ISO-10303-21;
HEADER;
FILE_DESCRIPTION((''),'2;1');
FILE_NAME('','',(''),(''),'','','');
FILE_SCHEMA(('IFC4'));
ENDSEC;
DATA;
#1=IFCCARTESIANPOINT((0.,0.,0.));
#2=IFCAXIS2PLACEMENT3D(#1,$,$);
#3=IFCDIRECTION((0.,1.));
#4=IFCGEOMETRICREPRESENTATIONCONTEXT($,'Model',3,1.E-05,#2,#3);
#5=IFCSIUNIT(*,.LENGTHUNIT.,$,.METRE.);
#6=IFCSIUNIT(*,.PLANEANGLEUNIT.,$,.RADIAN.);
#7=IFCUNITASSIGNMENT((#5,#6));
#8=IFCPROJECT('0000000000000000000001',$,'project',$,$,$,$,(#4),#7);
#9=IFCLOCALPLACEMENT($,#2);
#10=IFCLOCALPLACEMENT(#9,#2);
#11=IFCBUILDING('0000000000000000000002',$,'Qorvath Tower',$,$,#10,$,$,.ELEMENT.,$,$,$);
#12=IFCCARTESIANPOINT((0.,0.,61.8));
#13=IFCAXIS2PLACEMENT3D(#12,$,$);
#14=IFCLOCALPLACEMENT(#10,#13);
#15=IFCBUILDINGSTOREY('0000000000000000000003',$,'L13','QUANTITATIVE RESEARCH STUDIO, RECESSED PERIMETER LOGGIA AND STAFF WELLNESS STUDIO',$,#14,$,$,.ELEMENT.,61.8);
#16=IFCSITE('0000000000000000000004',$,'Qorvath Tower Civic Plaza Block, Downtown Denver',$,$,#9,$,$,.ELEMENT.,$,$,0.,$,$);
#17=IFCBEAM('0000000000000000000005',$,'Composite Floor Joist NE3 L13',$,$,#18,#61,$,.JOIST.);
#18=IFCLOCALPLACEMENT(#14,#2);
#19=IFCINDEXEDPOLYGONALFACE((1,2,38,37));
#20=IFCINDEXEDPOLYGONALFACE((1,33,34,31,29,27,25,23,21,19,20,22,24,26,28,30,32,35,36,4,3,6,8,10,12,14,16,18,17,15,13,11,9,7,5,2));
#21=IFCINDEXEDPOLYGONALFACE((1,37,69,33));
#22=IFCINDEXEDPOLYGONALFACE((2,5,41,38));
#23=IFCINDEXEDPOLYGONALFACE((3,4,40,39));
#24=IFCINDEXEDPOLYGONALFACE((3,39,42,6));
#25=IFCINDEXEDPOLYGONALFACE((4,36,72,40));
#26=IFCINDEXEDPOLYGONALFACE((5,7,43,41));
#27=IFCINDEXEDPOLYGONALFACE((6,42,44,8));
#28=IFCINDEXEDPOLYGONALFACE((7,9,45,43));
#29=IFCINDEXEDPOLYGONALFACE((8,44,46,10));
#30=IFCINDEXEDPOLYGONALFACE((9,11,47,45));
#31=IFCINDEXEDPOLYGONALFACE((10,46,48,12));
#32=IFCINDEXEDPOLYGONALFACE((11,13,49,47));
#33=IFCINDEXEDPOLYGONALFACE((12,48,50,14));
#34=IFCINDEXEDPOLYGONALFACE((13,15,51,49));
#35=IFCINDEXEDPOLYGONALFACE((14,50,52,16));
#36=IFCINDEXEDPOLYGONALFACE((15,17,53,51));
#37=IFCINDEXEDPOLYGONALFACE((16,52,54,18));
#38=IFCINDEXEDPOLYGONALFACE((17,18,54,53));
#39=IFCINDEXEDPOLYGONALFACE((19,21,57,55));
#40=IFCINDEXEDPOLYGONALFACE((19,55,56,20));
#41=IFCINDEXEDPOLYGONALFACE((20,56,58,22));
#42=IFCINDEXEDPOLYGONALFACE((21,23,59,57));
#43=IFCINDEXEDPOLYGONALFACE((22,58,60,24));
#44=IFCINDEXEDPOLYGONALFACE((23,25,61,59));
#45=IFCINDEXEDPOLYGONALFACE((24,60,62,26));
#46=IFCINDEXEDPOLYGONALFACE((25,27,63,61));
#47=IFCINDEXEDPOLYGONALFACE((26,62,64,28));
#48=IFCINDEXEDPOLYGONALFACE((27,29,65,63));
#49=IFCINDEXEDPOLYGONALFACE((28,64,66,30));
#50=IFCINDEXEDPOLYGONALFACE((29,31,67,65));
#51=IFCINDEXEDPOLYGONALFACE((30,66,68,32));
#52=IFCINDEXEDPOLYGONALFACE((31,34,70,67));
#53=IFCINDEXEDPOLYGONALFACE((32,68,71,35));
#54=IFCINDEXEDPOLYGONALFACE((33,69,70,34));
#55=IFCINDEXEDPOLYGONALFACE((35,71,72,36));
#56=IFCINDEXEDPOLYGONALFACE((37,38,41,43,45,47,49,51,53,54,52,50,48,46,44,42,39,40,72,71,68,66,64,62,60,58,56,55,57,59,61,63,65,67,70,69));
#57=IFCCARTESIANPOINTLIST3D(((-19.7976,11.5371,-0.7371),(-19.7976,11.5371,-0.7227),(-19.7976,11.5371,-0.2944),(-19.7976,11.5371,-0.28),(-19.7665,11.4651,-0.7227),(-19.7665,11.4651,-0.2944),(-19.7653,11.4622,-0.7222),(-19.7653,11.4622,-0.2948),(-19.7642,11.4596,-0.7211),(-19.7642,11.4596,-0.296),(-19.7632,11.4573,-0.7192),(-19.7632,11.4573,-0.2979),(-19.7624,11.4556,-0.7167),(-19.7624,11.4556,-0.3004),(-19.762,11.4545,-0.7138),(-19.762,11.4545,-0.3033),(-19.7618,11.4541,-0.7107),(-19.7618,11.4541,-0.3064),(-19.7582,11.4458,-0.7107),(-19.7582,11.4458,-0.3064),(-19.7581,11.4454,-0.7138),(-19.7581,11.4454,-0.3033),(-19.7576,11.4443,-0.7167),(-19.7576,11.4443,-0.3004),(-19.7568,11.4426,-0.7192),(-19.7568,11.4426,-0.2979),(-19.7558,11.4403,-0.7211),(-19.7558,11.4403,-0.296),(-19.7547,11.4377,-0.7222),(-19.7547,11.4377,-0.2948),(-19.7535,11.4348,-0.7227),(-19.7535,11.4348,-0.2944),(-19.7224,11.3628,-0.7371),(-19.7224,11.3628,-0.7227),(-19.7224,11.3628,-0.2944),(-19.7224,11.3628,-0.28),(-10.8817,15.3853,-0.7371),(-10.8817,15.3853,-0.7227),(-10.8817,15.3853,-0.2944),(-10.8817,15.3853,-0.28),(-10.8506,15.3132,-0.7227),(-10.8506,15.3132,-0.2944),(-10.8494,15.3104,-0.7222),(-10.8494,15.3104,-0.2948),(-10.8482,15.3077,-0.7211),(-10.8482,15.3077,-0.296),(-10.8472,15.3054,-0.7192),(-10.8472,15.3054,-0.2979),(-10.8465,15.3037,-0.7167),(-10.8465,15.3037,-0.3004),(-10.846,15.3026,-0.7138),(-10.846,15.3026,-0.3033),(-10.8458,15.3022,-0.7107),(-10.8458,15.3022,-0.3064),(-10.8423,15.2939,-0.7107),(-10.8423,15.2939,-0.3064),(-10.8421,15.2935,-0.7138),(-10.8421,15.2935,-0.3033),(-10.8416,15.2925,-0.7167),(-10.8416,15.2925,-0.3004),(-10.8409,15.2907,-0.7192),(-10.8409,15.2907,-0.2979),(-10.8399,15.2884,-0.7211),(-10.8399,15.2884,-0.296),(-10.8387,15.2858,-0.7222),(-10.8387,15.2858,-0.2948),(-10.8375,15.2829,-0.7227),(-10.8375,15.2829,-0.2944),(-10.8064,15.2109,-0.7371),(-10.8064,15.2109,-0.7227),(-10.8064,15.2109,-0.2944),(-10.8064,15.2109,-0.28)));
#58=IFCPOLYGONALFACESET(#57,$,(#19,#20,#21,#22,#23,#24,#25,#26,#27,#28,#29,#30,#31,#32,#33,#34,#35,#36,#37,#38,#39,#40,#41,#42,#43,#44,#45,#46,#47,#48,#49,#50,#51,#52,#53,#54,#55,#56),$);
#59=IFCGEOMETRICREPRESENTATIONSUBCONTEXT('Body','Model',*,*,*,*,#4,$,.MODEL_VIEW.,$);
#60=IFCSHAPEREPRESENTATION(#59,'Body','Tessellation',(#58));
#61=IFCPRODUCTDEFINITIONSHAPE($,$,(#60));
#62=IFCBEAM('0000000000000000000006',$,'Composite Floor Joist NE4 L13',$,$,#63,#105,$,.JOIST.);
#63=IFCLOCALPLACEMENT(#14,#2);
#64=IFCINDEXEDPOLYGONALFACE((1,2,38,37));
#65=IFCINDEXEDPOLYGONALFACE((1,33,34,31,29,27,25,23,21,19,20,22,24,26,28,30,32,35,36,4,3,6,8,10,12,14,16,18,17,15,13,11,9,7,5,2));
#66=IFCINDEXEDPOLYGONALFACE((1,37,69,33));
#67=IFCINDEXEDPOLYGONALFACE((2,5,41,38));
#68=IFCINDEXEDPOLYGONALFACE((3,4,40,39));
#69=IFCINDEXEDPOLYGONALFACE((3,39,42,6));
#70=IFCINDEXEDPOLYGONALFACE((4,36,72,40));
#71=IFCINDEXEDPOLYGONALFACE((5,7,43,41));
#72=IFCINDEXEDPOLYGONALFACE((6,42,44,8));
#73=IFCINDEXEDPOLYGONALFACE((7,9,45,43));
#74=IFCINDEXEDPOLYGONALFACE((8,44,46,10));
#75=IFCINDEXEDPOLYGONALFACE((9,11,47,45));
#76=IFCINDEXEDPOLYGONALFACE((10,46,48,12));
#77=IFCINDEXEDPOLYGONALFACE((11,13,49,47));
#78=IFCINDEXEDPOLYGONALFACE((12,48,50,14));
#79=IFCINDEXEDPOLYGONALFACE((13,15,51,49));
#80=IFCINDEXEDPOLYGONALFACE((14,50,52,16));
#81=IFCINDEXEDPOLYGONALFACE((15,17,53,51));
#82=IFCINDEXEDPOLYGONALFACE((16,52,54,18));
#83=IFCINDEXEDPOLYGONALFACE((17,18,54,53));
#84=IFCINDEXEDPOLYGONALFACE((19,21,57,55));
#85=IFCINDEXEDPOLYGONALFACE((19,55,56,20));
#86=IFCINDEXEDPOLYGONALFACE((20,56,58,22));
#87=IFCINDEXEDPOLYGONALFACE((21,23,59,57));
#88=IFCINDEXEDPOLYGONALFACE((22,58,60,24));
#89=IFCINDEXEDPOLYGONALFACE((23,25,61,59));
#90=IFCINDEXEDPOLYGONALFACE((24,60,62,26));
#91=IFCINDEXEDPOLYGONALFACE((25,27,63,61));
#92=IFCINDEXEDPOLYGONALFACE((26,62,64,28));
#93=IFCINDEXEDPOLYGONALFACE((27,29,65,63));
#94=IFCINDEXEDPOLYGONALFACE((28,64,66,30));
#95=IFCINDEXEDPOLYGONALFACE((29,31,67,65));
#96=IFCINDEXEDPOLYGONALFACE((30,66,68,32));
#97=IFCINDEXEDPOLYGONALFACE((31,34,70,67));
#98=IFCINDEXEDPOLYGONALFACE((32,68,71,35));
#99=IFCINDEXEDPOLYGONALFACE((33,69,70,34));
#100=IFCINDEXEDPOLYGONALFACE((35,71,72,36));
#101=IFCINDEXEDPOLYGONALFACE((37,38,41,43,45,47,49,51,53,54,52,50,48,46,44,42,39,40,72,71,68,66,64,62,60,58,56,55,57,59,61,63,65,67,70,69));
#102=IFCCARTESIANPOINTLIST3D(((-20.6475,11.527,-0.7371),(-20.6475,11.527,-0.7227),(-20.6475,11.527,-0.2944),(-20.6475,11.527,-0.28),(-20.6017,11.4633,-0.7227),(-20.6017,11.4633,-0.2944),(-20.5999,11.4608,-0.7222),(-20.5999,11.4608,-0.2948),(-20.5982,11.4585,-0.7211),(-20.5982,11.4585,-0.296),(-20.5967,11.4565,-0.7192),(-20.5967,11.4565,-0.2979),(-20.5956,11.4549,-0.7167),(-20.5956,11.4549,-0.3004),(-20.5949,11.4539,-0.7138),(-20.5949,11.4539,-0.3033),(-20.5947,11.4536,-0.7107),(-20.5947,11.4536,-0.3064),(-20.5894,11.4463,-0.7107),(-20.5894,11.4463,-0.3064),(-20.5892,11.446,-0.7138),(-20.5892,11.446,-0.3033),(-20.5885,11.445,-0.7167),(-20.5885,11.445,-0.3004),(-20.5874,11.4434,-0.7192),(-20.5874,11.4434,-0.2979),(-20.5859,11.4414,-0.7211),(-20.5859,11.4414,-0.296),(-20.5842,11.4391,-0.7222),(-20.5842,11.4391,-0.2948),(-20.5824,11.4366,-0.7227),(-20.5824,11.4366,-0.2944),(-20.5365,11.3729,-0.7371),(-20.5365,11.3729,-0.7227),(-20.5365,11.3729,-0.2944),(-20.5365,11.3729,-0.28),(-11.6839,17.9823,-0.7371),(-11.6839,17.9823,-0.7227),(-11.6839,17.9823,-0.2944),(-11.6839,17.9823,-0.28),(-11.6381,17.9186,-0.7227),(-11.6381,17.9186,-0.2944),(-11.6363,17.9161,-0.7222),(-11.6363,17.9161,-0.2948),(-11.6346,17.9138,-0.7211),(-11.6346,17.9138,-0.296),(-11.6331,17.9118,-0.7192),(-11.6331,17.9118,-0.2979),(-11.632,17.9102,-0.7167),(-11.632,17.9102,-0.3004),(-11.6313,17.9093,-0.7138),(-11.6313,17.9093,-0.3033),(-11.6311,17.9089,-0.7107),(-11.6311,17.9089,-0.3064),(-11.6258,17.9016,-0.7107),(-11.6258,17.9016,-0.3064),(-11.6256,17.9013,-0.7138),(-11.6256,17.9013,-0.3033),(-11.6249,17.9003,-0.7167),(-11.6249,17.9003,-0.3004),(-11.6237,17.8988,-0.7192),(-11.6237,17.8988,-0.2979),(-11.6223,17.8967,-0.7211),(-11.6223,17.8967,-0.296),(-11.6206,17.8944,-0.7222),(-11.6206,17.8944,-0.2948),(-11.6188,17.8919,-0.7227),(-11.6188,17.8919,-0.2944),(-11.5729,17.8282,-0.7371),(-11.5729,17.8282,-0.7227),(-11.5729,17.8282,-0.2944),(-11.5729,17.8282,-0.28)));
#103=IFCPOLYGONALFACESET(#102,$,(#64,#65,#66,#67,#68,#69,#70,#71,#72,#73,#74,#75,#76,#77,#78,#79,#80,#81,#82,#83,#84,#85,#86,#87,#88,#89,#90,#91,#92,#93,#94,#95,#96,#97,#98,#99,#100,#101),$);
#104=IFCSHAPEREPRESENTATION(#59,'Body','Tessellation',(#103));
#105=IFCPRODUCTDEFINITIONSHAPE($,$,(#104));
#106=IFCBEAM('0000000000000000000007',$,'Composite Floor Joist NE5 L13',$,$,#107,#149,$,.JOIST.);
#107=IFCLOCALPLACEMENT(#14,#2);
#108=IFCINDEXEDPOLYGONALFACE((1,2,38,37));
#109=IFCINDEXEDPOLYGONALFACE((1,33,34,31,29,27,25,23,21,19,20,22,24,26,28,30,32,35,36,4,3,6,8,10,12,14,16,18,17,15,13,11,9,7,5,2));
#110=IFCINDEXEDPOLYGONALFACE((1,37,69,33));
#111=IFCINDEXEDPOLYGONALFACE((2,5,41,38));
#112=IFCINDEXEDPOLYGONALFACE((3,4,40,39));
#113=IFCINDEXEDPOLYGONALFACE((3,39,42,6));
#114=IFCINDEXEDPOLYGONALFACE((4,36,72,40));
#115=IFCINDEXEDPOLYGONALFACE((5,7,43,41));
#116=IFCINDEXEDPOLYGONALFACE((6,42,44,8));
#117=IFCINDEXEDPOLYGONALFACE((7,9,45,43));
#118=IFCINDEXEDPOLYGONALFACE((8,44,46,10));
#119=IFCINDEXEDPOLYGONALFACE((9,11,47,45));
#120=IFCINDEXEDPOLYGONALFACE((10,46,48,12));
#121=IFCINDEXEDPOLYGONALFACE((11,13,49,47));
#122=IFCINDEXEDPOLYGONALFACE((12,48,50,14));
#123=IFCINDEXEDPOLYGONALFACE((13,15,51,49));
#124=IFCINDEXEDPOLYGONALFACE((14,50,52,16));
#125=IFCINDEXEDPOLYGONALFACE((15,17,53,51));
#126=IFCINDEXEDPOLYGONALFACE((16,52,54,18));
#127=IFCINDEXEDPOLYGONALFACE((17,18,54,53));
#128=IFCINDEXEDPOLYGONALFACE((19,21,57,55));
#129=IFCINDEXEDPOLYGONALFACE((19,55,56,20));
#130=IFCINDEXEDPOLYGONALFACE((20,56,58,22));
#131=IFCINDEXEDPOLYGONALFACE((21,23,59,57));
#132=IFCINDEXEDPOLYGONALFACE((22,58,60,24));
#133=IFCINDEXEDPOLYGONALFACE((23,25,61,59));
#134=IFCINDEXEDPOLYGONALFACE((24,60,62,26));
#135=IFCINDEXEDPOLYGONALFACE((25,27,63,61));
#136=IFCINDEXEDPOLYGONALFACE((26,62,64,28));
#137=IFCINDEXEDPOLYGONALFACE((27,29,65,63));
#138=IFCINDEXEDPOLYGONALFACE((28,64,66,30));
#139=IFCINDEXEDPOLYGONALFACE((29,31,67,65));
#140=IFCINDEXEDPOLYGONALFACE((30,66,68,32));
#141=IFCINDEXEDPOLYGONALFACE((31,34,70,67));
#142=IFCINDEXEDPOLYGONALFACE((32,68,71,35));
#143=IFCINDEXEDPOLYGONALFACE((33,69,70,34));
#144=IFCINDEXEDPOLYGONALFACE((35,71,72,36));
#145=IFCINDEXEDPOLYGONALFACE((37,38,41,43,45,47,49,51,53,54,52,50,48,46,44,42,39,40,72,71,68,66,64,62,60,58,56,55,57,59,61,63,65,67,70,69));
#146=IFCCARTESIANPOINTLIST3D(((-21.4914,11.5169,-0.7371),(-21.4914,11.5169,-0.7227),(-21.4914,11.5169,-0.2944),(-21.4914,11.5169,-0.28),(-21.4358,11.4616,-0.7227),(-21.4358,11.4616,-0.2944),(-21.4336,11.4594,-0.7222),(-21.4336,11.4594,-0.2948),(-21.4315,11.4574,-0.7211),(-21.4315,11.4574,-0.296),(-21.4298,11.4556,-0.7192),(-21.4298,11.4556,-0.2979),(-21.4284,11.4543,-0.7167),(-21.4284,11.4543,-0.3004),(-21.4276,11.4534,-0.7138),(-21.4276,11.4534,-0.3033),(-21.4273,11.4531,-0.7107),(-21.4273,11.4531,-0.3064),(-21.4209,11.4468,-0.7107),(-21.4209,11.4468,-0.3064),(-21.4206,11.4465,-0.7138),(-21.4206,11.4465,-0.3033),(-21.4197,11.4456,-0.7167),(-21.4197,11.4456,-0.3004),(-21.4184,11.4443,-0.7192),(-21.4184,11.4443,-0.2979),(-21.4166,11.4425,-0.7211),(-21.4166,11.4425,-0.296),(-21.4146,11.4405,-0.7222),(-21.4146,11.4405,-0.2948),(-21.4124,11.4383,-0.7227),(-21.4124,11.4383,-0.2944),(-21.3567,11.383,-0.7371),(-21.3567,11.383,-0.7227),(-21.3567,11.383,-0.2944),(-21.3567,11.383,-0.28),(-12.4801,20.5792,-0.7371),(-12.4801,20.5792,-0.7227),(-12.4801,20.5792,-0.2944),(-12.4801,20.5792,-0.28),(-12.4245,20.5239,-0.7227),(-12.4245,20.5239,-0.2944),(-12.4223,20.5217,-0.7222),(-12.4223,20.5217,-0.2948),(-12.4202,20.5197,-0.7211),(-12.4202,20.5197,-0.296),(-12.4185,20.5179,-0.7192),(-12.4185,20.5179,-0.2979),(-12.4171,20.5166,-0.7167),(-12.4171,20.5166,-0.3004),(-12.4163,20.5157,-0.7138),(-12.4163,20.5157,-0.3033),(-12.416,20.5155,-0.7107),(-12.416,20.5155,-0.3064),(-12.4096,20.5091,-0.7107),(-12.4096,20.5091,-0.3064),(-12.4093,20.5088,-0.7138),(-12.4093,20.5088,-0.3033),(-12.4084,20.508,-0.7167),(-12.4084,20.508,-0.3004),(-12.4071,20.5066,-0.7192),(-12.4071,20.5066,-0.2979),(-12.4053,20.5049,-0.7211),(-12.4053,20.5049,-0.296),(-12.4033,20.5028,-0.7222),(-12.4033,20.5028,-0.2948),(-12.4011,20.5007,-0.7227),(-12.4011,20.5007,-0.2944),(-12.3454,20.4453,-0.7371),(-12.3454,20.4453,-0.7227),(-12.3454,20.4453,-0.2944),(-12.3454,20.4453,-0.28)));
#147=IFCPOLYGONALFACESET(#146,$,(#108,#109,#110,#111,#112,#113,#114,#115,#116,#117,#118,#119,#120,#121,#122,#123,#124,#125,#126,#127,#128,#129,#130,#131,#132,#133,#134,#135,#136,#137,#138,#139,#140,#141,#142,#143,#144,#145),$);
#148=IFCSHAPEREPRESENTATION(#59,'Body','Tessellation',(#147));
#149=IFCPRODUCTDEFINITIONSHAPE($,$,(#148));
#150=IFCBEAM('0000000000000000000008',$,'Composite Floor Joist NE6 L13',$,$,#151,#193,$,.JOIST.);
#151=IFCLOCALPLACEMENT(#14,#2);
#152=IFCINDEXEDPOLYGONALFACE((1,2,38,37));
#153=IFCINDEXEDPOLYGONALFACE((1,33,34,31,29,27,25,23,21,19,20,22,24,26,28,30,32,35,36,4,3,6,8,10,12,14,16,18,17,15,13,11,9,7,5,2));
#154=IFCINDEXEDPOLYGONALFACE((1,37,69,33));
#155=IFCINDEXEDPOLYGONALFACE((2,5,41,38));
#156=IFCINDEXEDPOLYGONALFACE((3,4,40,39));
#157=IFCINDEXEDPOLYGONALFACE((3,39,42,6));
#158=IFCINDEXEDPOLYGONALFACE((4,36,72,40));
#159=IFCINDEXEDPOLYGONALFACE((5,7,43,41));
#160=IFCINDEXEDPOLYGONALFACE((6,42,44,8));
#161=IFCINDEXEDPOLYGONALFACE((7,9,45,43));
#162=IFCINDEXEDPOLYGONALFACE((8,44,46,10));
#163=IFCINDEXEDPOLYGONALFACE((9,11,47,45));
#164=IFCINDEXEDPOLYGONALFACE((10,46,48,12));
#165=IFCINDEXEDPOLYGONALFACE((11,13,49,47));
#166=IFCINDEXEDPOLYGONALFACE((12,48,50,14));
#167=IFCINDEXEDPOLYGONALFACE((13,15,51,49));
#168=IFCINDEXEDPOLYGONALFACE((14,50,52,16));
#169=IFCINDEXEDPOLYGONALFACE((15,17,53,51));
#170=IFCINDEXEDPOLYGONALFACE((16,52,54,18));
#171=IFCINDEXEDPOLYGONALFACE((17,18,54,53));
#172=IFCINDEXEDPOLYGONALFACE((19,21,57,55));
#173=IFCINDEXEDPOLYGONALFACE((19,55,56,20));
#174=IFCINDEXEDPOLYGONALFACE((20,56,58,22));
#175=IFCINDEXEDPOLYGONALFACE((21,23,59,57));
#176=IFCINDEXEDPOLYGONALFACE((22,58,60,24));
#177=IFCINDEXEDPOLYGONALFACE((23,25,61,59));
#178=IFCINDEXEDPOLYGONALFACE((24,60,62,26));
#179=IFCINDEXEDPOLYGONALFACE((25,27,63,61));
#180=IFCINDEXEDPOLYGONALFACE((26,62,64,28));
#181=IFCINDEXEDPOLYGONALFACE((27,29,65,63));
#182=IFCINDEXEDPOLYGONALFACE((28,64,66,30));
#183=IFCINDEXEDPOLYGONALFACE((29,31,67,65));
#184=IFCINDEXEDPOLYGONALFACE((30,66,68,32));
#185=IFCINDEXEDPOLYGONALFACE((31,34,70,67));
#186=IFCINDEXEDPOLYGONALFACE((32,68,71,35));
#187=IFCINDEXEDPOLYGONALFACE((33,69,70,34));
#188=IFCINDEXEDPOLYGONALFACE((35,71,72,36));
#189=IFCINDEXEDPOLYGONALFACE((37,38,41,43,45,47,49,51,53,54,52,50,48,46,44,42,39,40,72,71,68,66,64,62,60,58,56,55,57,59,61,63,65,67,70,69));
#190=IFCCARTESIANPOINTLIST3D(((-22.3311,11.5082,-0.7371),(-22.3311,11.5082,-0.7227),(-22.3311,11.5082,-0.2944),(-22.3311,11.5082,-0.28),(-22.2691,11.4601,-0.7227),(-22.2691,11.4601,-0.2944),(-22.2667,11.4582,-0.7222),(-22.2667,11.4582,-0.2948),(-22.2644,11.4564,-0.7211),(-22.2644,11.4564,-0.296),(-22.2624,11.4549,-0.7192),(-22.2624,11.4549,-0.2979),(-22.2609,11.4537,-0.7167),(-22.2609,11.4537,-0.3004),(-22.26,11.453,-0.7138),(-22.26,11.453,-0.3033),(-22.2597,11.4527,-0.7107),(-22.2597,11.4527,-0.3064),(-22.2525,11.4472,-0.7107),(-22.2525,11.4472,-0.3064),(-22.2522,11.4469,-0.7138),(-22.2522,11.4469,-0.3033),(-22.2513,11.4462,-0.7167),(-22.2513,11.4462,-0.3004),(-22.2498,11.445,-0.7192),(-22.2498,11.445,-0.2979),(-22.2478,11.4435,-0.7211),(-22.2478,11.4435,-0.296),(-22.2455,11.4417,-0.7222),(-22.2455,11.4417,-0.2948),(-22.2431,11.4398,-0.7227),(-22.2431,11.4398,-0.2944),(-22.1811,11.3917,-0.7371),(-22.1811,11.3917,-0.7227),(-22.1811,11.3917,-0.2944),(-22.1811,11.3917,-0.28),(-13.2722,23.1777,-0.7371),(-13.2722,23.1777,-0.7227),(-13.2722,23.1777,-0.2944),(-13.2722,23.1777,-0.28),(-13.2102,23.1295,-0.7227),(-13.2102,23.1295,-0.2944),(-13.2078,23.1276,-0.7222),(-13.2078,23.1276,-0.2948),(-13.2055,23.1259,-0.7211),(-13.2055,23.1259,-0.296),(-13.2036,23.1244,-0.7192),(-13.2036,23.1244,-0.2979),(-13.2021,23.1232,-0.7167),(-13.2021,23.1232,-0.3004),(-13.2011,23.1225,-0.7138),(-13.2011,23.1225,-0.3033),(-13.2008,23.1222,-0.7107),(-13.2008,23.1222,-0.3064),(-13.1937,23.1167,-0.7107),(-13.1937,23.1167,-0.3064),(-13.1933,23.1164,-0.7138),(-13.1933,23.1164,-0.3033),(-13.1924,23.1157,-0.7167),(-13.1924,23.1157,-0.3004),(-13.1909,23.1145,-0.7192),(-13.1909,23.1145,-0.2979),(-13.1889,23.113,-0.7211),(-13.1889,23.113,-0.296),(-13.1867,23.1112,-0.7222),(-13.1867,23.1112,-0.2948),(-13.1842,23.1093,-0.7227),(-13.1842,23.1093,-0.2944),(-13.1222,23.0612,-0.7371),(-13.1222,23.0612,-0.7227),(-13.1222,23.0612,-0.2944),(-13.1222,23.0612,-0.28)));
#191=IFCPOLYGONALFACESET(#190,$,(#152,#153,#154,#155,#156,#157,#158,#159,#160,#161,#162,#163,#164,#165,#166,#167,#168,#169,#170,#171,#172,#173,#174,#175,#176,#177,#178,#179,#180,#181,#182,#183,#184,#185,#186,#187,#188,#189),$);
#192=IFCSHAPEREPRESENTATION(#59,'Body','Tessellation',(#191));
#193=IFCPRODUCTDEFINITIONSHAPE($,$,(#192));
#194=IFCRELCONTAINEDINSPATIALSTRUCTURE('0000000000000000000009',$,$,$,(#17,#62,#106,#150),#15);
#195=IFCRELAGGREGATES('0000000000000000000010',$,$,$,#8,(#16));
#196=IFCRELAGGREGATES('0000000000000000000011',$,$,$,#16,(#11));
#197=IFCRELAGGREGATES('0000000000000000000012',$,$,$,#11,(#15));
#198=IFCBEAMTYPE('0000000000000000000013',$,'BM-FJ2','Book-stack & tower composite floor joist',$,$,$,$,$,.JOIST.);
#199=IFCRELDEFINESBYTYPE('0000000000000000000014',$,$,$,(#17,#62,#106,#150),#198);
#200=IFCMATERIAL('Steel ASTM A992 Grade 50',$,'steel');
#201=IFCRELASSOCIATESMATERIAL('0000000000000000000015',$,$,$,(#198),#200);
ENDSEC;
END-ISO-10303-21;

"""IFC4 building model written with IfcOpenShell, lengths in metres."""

from ifc_helpers import new_model, si_unit, direction, frame, origin, origin_2d, place, context, subcontext, project, spatial, i_section, extrude, material, material_profile, profile_set, type_object, element, save


model = new_model("IFC4")

# Units and contexts
model_context = context("Model", 3, precision=1e-05, world=origin(), true_north=direction((0.0, 1.0)))
body_context = subcontext(model_context, "Body", "Model", "MODEL_VIEW")
ifc_project = project(units=[si_unit("LENGTHUNIT", "METRE"), si_unit("PLANEANGLEUNIT", "RADIAN")], contexts=[model_context])

# Site, building, storey
site_placement = place(None, origin())
site = spatial("IfcSite", under=ifc_project, at=site_placement, Name="Qorvath Tower Civic Plaza Block, Downtown Denver", CompositionType="ELEMENT", RefElevation=0.0)
building_placement = place(site_placement, origin())
building = spatial("IfcBuilding", under=site, at=building_placement, Name="Qorvath Tower", CompositionType="ELEMENT")
storey_placement = place(building_placement, frame((0.0, 0.0, 61.8)))
storey = spatial("IfcBuildingStorey", under=building, at=storey_placement, Name="L13", Description="QUANTITATIVE RESEARCH STUDIO, RECESSED PERIMETER LOGGIA AND STAFF WELLNESS STUDIO", CompositionType="ELEMENT", Elevation=61.8)

# Beams
ifc_material_1 = material(Name="Steel ASTM A992 Grade 50", Category="steel")
ifc_material_profile_1 = material_profile(ifc_material_1, i_section(OverallWidth=0.1899, OverallDepth=0.457, WebThickness=0.009, FlangeThickness=0.0144, FilletRadius=0.012, at=origin_2d()), Name="W18x50")
ifc_profile_set_1 = profile_set([ifc_material_profile_1], Name="Steel ASTM A992 Grade 50")
beam_type_1 = type_object("IfcBeamType", Name="BM-FJ2", Description="Book-stack & tower composite floor joist", PredefinedType="JOIST", material=ifc_profile_set_1)
beam_1_placement = place(storey_placement, frame((-19.76, 11.45, -0.5085), z_axis=(0.918136, 0.396266, 0.0), x_axis=(-0.396266, 0.918136, 0.0)))
element("IfcBeam", 1, at=beam_1_placement, inside=storey, type_object=beam_type_1, Name="Composite Floor Joist NE3 L13", PredefinedType="JOIST", context=body_context, shape_type="SweptSolid", body=[
    extrude(i_section(OverallWidth=0.1899, OverallDepth=0.457, WebThickness=0.009, FlangeThickness=0.0144, FilletRadius=0.012, at=origin_2d()), origin(), (0.0, 0.0, 1.0), 9.7109),
])
beam_2_placement = place(storey_placement, frame((-20.592, 11.45, -0.5085), z_axis=(0.811469, 0.584395, 0.0), x_axis=(-0.584395, 0.811469, 0.0)))
element("IfcBeam", 2, at=beam_2_placement, inside=storey, type_object=beam_type_1, Name="Composite Floor Joist NE4 L13", PredefinedType="JOIST", context=body_context, shape_type="SweptSolid", body=[
    extrude(i_section(OverallWidth=0.1899, OverallDepth=0.457, WebThickness=0.009, FlangeThickness=0.0144, FilletRadius=0.012, at=origin_2d()), origin(), (0.0, 0.0, 1.0), 11.0461),
])
beam_3_placement = place(storey_placement, frame((-21.4241, 11.45, -0.5085), z_axis=(0.705108, 0.7091, 0.0), x_axis=(-0.7091, 0.705108, 0.0)))
element("IfcBeam", 3, at=beam_3_placement, inside=storey, type_object=beam_type_1, Name="Composite Floor Joist NE5 L13", PredefinedType="JOIST", context=body_context, shape_type="SweptSolid", body=[
    extrude(i_section(OverallWidth=0.1899, OverallDepth=0.457, WebThickness=0.009, FlangeThickness=0.0144, FilletRadius=0.012, at=origin_2d()), origin(), (0.0, 0.0, 1.0), 12.78),
])
beam_4_placement = place(storey_placement, frame((-22.2561, 11.45, -0.5085), z_axis=(0.613207, 0.789922, 0.0), x_axis=(-0.789922, 0.613207, 0.0)))
element("IfcBeam", 4, at=beam_4_placement, inside=storey, type_object=beam_type_1, Name="Composite Floor Joist NE6 L13", PredefinedType="JOIST", context=body_context, shape_type="SweptSolid", body=[
    extrude(i_section(OverallWidth=0.1899, OverallDepth=0.457, WebThickness=0.009, FlangeThickness=0.0144, FilletRadius=0.012, at=origin_2d()), origin(), (0.0, 0.0, 1.0), 14.7729),
])

save(model, "model.ifc")
